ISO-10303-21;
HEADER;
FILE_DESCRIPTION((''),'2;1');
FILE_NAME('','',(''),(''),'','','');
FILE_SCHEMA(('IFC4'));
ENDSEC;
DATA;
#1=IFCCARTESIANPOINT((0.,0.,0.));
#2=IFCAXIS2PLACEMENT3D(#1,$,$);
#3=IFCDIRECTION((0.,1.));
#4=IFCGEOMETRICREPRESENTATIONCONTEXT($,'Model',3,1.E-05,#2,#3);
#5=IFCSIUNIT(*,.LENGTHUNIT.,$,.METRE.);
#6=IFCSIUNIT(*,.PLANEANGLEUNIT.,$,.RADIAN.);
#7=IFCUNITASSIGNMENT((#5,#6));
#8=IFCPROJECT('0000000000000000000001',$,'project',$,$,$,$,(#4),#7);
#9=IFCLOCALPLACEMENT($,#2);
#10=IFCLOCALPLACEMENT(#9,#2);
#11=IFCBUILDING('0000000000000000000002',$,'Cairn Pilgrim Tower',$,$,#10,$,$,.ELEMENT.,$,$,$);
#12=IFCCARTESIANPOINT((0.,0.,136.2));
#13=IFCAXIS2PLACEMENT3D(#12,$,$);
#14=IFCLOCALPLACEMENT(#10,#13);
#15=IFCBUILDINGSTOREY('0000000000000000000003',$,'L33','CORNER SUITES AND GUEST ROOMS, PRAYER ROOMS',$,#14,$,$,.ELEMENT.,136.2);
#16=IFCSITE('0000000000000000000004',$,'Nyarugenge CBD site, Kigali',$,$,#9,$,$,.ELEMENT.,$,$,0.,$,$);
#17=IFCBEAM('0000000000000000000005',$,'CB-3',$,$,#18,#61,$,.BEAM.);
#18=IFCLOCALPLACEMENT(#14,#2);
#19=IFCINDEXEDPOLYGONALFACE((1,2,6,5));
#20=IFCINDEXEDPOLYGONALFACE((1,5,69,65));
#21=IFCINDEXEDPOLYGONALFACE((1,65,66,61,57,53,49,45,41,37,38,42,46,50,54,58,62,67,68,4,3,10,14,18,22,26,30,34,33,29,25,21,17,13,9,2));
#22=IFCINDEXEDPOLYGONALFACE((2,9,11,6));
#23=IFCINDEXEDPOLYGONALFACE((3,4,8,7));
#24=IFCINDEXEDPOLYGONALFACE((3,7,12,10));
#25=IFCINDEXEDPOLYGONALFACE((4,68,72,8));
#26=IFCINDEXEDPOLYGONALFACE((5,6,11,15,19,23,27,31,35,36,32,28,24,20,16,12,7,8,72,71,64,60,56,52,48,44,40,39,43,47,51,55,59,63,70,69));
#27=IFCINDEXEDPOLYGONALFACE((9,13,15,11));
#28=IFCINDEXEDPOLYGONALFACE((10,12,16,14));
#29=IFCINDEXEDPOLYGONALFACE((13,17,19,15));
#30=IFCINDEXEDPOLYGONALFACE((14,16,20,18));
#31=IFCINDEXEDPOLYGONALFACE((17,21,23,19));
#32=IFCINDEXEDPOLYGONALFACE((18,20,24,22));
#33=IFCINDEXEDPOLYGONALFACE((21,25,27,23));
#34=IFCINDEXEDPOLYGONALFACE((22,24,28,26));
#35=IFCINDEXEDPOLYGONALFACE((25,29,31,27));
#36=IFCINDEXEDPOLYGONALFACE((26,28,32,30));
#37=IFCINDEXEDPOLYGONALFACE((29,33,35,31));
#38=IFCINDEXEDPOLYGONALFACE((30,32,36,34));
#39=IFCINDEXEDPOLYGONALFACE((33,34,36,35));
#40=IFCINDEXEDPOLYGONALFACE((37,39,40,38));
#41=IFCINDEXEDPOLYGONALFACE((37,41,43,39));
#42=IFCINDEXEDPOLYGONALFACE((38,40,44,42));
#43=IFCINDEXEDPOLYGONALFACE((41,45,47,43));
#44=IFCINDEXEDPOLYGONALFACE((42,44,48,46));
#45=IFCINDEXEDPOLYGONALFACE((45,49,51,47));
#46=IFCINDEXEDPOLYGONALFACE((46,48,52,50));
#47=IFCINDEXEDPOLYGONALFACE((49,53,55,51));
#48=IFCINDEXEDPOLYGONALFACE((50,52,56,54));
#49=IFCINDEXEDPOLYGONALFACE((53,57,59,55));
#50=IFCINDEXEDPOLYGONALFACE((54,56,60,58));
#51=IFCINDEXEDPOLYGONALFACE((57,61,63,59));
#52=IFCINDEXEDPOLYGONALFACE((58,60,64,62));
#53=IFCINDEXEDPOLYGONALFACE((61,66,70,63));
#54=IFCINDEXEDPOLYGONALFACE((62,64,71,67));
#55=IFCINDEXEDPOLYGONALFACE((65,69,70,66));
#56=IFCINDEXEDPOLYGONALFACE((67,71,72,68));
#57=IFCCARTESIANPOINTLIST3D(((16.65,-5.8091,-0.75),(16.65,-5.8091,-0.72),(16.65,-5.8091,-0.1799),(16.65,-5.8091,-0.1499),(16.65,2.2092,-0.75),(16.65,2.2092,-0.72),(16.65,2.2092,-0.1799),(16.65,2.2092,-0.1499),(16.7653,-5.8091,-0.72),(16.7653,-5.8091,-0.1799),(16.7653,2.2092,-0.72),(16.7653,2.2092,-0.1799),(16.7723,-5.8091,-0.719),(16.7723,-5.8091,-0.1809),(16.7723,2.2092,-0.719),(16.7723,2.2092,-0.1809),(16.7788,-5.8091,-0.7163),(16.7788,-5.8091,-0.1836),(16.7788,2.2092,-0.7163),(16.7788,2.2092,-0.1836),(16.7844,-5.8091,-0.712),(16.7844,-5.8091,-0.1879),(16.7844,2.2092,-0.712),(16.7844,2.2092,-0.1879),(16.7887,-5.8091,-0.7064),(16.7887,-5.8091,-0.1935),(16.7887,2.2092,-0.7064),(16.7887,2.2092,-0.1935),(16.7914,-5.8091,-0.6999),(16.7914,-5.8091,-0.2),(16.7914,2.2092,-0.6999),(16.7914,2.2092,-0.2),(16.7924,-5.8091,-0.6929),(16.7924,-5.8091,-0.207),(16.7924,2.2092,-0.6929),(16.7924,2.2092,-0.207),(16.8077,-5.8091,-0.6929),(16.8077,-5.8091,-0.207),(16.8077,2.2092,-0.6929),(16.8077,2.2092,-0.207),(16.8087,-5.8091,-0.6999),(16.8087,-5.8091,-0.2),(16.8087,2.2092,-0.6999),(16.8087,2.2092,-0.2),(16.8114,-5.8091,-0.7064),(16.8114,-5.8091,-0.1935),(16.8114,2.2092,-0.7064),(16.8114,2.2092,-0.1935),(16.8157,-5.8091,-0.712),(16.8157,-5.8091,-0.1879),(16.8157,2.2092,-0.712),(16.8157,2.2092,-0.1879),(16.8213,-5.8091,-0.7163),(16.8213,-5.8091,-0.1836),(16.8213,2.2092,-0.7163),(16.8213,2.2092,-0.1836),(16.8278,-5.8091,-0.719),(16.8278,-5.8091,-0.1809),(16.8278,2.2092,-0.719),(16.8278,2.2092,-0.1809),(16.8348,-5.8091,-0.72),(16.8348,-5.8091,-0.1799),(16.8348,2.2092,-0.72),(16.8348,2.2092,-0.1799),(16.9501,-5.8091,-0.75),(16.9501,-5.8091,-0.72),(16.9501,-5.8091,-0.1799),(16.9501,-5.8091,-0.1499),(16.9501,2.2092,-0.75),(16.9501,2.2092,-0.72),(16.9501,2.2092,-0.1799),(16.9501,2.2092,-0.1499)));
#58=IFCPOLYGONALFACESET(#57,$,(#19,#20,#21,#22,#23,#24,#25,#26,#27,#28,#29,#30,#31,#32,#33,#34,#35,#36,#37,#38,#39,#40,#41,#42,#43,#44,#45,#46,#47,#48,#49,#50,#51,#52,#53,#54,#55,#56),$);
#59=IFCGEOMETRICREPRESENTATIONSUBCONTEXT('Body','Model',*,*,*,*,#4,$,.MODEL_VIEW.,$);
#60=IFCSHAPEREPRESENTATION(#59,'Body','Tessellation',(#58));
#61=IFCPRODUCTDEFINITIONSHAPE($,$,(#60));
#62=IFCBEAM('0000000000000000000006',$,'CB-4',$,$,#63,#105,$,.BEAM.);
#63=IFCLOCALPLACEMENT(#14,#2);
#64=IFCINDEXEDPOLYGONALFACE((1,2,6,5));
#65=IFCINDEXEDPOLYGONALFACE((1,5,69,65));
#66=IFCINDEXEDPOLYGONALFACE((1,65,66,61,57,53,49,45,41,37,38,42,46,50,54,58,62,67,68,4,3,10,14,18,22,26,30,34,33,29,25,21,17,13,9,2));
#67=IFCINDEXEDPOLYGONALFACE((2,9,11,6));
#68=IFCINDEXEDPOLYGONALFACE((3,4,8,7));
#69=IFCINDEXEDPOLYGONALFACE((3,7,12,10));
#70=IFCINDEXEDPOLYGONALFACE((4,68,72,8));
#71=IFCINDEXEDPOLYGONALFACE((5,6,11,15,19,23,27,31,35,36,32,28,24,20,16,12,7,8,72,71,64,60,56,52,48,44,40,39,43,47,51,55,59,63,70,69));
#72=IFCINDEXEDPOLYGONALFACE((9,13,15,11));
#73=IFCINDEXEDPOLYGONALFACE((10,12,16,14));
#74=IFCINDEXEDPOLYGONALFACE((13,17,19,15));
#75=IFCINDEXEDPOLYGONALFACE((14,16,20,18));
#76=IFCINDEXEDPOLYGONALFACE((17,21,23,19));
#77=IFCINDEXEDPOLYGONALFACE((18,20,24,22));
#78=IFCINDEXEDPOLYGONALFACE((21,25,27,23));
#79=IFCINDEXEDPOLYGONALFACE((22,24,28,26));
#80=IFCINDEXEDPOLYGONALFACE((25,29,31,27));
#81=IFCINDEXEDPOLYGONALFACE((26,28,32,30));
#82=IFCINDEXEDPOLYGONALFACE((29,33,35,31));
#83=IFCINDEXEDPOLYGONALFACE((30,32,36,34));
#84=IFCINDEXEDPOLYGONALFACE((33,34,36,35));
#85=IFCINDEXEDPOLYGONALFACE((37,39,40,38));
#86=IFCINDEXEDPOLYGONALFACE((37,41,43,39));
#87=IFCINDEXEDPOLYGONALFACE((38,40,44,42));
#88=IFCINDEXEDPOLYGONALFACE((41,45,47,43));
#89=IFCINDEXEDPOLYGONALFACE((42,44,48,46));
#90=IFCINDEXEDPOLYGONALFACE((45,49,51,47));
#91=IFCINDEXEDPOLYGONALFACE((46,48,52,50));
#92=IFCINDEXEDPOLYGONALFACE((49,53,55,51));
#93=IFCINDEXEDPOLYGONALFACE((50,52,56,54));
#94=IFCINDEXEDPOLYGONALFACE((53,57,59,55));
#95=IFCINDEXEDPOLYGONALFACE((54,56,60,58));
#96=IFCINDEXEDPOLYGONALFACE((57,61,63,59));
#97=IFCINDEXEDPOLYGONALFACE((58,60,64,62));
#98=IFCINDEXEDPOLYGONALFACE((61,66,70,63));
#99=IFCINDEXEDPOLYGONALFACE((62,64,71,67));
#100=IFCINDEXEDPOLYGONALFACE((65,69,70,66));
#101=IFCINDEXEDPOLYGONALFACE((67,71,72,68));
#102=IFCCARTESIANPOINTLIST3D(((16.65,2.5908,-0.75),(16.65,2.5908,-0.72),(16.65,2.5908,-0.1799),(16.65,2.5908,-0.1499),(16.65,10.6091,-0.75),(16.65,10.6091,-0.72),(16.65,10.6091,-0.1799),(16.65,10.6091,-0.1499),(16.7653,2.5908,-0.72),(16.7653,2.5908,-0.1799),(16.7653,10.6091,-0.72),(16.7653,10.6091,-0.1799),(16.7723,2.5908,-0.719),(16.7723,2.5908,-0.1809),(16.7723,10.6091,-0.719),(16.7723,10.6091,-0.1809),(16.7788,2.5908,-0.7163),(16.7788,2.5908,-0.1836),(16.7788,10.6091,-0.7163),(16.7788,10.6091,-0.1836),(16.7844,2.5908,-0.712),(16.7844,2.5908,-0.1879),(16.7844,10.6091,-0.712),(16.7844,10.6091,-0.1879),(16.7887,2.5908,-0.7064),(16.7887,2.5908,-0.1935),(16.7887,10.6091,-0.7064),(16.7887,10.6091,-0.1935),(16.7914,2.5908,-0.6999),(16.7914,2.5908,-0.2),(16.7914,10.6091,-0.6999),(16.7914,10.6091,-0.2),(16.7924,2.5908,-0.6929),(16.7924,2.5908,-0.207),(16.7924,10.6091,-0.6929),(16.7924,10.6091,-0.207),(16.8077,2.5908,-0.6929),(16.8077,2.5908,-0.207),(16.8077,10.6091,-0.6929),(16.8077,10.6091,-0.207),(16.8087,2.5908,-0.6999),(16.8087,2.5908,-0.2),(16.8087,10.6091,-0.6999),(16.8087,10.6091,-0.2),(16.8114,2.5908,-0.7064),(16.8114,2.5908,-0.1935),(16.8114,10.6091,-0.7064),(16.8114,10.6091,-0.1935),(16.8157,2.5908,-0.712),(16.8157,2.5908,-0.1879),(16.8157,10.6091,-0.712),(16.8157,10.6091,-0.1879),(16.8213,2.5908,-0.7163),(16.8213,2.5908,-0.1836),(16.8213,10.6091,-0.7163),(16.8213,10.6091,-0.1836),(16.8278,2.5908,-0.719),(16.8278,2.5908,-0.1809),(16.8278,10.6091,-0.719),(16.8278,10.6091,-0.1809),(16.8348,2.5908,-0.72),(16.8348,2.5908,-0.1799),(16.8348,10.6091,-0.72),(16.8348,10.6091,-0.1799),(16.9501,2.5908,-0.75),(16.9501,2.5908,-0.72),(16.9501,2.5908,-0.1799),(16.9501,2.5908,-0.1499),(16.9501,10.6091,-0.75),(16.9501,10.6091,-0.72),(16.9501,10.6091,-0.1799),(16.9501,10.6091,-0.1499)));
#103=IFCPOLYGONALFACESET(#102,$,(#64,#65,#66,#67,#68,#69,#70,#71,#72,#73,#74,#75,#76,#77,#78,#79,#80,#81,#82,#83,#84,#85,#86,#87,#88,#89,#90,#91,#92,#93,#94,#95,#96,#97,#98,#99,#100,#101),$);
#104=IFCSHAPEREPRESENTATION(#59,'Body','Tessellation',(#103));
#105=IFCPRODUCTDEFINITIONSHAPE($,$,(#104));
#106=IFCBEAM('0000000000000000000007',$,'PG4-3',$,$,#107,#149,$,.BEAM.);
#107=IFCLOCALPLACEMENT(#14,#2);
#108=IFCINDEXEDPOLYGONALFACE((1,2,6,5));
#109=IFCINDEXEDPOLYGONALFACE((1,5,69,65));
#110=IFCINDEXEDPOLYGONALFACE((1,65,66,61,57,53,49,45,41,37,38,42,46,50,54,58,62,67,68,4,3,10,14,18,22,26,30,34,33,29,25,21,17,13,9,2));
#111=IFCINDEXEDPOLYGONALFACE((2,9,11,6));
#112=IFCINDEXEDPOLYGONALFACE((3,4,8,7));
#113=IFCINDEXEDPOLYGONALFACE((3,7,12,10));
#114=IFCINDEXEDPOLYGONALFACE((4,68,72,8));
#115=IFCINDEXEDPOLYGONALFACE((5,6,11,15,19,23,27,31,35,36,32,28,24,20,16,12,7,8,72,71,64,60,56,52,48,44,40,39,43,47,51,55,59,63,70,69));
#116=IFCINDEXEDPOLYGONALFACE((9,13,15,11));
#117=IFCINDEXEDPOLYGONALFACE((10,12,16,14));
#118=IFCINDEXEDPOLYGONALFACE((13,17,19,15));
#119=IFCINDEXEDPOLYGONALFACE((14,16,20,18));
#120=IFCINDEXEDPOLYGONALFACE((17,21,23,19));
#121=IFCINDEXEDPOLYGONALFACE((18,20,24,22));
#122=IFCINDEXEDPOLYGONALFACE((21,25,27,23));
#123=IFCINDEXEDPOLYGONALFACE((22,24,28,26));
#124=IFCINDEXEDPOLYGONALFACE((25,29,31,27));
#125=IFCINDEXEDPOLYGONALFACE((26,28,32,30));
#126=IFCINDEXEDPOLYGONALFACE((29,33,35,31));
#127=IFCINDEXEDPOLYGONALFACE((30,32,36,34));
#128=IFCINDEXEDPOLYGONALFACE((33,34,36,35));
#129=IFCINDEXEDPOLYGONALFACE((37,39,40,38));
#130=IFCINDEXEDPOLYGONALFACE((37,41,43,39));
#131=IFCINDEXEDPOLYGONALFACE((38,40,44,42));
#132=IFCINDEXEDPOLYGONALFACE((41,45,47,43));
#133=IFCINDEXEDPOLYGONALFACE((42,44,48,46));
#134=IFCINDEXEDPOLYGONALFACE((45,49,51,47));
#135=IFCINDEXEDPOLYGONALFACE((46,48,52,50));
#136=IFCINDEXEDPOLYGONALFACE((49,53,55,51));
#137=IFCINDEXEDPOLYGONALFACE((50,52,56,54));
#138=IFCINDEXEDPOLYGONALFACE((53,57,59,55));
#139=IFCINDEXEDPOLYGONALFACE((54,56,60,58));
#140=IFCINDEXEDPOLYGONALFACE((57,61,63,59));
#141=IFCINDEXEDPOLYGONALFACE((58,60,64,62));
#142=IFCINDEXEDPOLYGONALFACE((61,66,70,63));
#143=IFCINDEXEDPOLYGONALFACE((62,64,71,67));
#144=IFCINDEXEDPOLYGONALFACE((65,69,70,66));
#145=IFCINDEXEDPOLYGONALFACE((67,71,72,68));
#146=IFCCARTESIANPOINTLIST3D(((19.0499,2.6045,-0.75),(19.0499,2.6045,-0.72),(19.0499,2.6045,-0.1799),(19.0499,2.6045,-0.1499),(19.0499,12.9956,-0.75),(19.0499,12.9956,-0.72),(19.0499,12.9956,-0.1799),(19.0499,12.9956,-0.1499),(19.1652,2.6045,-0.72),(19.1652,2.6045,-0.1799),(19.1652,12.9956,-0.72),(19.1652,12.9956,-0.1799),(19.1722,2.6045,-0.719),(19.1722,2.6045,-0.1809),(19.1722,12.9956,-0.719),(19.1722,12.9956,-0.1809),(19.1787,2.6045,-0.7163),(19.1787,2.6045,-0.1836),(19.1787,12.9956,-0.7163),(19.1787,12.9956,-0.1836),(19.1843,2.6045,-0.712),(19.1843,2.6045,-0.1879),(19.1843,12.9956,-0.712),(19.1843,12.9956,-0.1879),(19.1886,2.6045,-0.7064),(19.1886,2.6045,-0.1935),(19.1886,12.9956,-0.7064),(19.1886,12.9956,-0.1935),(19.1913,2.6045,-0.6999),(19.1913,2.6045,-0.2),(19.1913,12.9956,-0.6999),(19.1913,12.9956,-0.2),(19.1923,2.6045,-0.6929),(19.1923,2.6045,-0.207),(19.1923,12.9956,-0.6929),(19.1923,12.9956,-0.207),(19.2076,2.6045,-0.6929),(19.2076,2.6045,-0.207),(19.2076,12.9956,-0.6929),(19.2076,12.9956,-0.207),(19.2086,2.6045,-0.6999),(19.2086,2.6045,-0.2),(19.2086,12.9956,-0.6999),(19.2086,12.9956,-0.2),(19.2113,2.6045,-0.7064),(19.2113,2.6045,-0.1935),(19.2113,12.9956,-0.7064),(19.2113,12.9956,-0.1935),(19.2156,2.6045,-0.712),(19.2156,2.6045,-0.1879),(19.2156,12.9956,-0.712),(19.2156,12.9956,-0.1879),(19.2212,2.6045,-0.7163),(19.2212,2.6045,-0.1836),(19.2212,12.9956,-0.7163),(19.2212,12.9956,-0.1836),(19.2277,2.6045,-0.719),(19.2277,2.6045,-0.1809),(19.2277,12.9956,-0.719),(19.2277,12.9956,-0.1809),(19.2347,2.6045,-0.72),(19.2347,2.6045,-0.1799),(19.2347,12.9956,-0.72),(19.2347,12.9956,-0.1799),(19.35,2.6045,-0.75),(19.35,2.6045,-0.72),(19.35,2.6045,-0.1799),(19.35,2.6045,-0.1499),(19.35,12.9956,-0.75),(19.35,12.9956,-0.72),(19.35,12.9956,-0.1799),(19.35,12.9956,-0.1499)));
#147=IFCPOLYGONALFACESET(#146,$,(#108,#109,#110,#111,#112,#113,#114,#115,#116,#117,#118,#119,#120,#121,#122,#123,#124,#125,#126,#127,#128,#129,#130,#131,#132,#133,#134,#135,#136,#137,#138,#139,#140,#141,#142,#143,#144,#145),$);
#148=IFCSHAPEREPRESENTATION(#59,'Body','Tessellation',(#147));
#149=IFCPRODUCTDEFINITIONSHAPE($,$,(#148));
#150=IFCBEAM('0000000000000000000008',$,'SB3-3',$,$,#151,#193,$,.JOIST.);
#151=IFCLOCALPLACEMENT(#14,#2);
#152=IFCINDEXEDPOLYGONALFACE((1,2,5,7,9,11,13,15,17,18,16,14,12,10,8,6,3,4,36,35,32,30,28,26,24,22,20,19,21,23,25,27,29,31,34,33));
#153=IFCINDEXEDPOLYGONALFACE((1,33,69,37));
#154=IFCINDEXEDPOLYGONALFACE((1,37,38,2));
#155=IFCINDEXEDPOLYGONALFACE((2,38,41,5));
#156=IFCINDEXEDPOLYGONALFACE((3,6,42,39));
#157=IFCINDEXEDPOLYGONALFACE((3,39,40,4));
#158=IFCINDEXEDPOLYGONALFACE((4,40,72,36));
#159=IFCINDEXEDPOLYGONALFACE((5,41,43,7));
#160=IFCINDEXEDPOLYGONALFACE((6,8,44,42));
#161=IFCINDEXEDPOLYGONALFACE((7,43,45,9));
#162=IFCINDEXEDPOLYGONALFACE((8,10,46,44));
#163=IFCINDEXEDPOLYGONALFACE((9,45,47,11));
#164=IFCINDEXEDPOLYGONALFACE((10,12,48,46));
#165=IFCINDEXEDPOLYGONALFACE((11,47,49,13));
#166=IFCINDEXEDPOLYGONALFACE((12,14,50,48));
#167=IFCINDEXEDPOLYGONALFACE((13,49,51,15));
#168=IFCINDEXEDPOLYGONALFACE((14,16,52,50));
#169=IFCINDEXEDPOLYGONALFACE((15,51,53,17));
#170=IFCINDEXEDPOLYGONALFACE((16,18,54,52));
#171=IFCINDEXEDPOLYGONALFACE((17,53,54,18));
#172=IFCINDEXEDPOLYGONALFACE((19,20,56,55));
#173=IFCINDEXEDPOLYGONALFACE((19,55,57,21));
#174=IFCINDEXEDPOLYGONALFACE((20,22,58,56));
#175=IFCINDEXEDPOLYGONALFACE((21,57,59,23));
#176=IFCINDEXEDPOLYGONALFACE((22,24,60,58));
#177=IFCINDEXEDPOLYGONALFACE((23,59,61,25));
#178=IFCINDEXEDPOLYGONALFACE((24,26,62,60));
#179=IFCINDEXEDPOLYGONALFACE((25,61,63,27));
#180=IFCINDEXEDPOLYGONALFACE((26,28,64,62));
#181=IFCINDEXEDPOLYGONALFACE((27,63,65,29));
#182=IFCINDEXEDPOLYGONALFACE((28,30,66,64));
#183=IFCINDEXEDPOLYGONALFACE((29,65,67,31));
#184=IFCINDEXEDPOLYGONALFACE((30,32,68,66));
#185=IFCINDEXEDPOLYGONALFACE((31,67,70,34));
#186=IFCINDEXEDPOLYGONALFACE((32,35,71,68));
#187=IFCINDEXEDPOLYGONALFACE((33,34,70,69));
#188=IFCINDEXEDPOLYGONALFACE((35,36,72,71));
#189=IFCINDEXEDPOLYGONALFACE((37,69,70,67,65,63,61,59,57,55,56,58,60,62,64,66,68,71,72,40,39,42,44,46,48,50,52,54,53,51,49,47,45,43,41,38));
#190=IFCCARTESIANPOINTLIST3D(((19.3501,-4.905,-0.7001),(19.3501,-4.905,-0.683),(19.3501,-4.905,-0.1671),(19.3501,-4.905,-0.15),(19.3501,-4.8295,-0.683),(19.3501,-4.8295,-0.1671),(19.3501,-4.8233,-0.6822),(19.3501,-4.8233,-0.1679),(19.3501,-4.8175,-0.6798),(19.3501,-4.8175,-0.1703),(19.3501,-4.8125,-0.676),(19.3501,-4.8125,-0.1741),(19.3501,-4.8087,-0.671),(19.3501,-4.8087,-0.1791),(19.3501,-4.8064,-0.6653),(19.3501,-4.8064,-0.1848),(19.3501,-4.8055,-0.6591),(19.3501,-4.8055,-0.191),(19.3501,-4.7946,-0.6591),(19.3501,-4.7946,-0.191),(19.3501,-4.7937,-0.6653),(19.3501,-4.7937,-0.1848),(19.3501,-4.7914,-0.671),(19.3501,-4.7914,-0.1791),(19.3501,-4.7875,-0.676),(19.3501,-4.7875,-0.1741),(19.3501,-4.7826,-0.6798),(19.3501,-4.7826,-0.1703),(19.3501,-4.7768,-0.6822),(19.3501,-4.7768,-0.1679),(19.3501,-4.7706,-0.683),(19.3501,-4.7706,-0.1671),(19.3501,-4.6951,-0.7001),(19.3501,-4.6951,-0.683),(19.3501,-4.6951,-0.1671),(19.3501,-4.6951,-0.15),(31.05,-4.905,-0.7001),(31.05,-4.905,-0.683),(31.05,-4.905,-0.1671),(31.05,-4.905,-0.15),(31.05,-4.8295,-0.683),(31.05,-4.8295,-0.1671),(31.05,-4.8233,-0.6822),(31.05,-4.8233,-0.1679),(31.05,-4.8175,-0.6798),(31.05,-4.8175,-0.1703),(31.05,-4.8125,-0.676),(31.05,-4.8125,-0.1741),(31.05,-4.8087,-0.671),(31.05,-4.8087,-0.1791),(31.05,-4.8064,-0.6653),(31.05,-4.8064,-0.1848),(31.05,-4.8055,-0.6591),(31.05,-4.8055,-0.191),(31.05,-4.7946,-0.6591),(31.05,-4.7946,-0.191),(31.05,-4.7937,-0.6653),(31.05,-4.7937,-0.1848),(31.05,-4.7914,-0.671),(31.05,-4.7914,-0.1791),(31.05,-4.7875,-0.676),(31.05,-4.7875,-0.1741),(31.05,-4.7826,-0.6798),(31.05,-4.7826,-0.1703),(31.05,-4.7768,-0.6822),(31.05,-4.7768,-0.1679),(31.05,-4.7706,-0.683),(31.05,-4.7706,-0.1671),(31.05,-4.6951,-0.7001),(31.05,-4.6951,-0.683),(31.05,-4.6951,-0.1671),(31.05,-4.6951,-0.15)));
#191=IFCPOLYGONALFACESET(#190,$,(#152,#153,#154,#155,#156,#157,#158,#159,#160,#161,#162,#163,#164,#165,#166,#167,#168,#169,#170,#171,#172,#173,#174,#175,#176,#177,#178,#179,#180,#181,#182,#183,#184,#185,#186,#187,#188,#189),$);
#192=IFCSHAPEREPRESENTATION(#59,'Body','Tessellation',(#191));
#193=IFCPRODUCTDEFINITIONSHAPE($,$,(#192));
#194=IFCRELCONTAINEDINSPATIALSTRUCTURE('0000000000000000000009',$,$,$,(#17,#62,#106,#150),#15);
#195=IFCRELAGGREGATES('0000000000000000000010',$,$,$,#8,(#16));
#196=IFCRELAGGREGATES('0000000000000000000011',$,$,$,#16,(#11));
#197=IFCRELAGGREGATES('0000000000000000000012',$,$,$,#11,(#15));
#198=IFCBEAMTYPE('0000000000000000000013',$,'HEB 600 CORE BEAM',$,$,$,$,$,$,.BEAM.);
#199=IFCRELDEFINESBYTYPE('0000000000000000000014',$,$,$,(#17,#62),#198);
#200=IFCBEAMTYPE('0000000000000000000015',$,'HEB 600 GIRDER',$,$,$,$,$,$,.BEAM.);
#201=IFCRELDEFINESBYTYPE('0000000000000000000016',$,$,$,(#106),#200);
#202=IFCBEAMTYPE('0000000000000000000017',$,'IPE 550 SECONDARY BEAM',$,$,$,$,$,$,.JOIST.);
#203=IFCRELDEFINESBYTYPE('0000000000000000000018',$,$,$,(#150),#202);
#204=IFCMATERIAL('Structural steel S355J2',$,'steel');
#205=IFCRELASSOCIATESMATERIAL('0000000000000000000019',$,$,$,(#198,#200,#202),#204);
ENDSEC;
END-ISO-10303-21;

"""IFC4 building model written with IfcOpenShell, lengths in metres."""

from ifc_helpers import new_model, si_unit, direction, frame, origin, origin_2d, place, context, subcontext, project, spatial, i_section, extrude, material, material_profile, profile_set, type_object, element, save


model = new_model("IFC4")

# Units and contexts
model_context = context("Model", 3, precision=1e-05, world=origin(), true_north=direction((0.0, 1.0)))
body_context = subcontext(model_context, "Body", "Model", "MODEL_VIEW")
ifc_project = project(units=[si_unit("LENGTHUNIT", "METRE"), si_unit("PLANEANGLEUNIT", "RADIAN")], contexts=[model_context])

# Site, building, storey
site_placement = place(None, origin())
site = spatial("IfcSite", under=ifc_project, at=site_placement, Name="Nyarugenge CBD site, Kigali", CompositionType="ELEMENT", RefElevation=0.0)
building_placement = place(site_placement, origin())
building = spatial("IfcBuilding", under=site, at=building_placement, Name="Cairn Pilgrim Tower", CompositionType="ELEMENT")
storey_placement = place(building_placement, frame((0.0, 0.0, 136.2)))
storey = spatial("IfcBuildingStorey", under=building, at=storey_placement, Name="L33", Description="CORNER SUITES AND GUEST ROOMS, PRAYER ROOMS", CompositionType="ELEMENT", Elevation=136.2)

# Beams
ifc_material_1 = material(Name="Structural steel S355J2", Category="steel")
ifc_material_profile_1 = material_profile(ifc_material_1, i_section(OverallWidth=0.3, OverallDepth=0.6001, WebThickness=0.0154, FlangeThickness=0.03, FilletRadius=0.0271, at=origin_2d()), Name="HEB 600")
ifc_profile_set_1 = profile_set([ifc_material_profile_1], Name="Structural steel S355J2")
beam_type_1 = type_object("IfcBeamType", Name="HEB 600 CORE BEAM", PredefinedType="BEAM", material=ifc_profile_set_1)
for number, where, z_axis, x_axis, name in (
    (1, (16.8, -5.8091, -0.45), (0.0, 1.0, 0.0), (-1.0, 0.0, 0.0), "CB-3"),
    (2, (16.8, 2.5908, -0.45), (0.0, 1.0, 0.0), (-1.0, 0.0, 0.0), "CB-4"),
):
    element("IfcBeam", number, at=place(storey_placement, frame(where, z_axis=z_axis, x_axis=x_axis)), inside=storey, type_object=beam_type_1, Name=name, PredefinedType="BEAM", context=body_context, shape_type="SweptSolid", body=[
        extrude(i_section(OverallWidth=0.3, OverallDepth=0.6001, WebThickness=0.0154, FlangeThickness=0.03, FilletRadius=0.0271, at=origin_2d()), origin(), (0.0, 0.0, 1.0), 8.0183),
    ])
ifc_material_profile_2 = material_profile(ifc_material_1, i_section(OverallWidth=0.3, OverallDepth=0.6001, WebThickness=0.0154, FlangeThickness=0.03, FilletRadius=0.0271, at=origin_2d()), Name="HEB 600")
ifc_profile_set_2 = profile_set([ifc_material_profile_2], Name="Structural steel S355J2")
beam_type_2 = type_object("IfcBeamType", Name="HEB 600 GIRDER", PredefinedType="BEAM", material=ifc_profile_set_2)
beam_1_placement = place(storey_placement, frame((19.2, 2.6045, -0.45), z_axis=(0.0, 1.0, 0.0), x_axis=(-1.0, 0.0, 0.0)))
element("IfcBeam", 3, at=beam_1_placement, inside=storey, type_object=beam_type_2, Name="PG4-3", PredefinedType="BEAM", context=body_context, shape_type="SweptSolid", body=[
    extrude(i_section(OverallWidth=0.3, OverallDepth=0.6001, WebThickness=0.0154, FlangeThickness=0.03, FilletRadius=0.0271, at=origin_2d()), origin(), (0.0, 0.0, 1.0), 10.3911),
])
ifc_material_profile_3 = material_profile(ifc_material_1, i_section(OverallWidth=0.21, OverallDepth=0.55, WebThickness=0.011, FlangeThickness=0.0171, FilletRadius=0.0239, at=origin_2d()), Name="IPE 550")
ifc_profile_set_3 = profile_set([ifc_material_profile_3], Name="Structural steel S355J2")
beam_type_3 = type_object("IfcBeamType", Name="IPE 550 SECONDARY BEAM", PredefinedType="JOIST", material=ifc_profile_set_3)
beam_2_placement = place(storey_placement, frame((19.3501, -4.8, -0.425), z_axis=(1.0, 0.0, 0.0), x_axis=(0.0, 1.0, 0.0)))
element("IfcBeam", 4, at=beam_2_placement, inside=storey, type_object=beam_type_3, Name="SB3-3", PredefinedType="JOIST", context=body_context, shape_type="SweptSolid", body=[
    extrude(i_section(OverallWidth=0.21, OverallDepth=0.55, WebThickness=0.011, FlangeThickness=0.0171, FilletRadius=0.0239, at=origin_2d()), origin(), (0.0, 0.0, 1.0), 11.7),
])

save(model, "model.ifc")
